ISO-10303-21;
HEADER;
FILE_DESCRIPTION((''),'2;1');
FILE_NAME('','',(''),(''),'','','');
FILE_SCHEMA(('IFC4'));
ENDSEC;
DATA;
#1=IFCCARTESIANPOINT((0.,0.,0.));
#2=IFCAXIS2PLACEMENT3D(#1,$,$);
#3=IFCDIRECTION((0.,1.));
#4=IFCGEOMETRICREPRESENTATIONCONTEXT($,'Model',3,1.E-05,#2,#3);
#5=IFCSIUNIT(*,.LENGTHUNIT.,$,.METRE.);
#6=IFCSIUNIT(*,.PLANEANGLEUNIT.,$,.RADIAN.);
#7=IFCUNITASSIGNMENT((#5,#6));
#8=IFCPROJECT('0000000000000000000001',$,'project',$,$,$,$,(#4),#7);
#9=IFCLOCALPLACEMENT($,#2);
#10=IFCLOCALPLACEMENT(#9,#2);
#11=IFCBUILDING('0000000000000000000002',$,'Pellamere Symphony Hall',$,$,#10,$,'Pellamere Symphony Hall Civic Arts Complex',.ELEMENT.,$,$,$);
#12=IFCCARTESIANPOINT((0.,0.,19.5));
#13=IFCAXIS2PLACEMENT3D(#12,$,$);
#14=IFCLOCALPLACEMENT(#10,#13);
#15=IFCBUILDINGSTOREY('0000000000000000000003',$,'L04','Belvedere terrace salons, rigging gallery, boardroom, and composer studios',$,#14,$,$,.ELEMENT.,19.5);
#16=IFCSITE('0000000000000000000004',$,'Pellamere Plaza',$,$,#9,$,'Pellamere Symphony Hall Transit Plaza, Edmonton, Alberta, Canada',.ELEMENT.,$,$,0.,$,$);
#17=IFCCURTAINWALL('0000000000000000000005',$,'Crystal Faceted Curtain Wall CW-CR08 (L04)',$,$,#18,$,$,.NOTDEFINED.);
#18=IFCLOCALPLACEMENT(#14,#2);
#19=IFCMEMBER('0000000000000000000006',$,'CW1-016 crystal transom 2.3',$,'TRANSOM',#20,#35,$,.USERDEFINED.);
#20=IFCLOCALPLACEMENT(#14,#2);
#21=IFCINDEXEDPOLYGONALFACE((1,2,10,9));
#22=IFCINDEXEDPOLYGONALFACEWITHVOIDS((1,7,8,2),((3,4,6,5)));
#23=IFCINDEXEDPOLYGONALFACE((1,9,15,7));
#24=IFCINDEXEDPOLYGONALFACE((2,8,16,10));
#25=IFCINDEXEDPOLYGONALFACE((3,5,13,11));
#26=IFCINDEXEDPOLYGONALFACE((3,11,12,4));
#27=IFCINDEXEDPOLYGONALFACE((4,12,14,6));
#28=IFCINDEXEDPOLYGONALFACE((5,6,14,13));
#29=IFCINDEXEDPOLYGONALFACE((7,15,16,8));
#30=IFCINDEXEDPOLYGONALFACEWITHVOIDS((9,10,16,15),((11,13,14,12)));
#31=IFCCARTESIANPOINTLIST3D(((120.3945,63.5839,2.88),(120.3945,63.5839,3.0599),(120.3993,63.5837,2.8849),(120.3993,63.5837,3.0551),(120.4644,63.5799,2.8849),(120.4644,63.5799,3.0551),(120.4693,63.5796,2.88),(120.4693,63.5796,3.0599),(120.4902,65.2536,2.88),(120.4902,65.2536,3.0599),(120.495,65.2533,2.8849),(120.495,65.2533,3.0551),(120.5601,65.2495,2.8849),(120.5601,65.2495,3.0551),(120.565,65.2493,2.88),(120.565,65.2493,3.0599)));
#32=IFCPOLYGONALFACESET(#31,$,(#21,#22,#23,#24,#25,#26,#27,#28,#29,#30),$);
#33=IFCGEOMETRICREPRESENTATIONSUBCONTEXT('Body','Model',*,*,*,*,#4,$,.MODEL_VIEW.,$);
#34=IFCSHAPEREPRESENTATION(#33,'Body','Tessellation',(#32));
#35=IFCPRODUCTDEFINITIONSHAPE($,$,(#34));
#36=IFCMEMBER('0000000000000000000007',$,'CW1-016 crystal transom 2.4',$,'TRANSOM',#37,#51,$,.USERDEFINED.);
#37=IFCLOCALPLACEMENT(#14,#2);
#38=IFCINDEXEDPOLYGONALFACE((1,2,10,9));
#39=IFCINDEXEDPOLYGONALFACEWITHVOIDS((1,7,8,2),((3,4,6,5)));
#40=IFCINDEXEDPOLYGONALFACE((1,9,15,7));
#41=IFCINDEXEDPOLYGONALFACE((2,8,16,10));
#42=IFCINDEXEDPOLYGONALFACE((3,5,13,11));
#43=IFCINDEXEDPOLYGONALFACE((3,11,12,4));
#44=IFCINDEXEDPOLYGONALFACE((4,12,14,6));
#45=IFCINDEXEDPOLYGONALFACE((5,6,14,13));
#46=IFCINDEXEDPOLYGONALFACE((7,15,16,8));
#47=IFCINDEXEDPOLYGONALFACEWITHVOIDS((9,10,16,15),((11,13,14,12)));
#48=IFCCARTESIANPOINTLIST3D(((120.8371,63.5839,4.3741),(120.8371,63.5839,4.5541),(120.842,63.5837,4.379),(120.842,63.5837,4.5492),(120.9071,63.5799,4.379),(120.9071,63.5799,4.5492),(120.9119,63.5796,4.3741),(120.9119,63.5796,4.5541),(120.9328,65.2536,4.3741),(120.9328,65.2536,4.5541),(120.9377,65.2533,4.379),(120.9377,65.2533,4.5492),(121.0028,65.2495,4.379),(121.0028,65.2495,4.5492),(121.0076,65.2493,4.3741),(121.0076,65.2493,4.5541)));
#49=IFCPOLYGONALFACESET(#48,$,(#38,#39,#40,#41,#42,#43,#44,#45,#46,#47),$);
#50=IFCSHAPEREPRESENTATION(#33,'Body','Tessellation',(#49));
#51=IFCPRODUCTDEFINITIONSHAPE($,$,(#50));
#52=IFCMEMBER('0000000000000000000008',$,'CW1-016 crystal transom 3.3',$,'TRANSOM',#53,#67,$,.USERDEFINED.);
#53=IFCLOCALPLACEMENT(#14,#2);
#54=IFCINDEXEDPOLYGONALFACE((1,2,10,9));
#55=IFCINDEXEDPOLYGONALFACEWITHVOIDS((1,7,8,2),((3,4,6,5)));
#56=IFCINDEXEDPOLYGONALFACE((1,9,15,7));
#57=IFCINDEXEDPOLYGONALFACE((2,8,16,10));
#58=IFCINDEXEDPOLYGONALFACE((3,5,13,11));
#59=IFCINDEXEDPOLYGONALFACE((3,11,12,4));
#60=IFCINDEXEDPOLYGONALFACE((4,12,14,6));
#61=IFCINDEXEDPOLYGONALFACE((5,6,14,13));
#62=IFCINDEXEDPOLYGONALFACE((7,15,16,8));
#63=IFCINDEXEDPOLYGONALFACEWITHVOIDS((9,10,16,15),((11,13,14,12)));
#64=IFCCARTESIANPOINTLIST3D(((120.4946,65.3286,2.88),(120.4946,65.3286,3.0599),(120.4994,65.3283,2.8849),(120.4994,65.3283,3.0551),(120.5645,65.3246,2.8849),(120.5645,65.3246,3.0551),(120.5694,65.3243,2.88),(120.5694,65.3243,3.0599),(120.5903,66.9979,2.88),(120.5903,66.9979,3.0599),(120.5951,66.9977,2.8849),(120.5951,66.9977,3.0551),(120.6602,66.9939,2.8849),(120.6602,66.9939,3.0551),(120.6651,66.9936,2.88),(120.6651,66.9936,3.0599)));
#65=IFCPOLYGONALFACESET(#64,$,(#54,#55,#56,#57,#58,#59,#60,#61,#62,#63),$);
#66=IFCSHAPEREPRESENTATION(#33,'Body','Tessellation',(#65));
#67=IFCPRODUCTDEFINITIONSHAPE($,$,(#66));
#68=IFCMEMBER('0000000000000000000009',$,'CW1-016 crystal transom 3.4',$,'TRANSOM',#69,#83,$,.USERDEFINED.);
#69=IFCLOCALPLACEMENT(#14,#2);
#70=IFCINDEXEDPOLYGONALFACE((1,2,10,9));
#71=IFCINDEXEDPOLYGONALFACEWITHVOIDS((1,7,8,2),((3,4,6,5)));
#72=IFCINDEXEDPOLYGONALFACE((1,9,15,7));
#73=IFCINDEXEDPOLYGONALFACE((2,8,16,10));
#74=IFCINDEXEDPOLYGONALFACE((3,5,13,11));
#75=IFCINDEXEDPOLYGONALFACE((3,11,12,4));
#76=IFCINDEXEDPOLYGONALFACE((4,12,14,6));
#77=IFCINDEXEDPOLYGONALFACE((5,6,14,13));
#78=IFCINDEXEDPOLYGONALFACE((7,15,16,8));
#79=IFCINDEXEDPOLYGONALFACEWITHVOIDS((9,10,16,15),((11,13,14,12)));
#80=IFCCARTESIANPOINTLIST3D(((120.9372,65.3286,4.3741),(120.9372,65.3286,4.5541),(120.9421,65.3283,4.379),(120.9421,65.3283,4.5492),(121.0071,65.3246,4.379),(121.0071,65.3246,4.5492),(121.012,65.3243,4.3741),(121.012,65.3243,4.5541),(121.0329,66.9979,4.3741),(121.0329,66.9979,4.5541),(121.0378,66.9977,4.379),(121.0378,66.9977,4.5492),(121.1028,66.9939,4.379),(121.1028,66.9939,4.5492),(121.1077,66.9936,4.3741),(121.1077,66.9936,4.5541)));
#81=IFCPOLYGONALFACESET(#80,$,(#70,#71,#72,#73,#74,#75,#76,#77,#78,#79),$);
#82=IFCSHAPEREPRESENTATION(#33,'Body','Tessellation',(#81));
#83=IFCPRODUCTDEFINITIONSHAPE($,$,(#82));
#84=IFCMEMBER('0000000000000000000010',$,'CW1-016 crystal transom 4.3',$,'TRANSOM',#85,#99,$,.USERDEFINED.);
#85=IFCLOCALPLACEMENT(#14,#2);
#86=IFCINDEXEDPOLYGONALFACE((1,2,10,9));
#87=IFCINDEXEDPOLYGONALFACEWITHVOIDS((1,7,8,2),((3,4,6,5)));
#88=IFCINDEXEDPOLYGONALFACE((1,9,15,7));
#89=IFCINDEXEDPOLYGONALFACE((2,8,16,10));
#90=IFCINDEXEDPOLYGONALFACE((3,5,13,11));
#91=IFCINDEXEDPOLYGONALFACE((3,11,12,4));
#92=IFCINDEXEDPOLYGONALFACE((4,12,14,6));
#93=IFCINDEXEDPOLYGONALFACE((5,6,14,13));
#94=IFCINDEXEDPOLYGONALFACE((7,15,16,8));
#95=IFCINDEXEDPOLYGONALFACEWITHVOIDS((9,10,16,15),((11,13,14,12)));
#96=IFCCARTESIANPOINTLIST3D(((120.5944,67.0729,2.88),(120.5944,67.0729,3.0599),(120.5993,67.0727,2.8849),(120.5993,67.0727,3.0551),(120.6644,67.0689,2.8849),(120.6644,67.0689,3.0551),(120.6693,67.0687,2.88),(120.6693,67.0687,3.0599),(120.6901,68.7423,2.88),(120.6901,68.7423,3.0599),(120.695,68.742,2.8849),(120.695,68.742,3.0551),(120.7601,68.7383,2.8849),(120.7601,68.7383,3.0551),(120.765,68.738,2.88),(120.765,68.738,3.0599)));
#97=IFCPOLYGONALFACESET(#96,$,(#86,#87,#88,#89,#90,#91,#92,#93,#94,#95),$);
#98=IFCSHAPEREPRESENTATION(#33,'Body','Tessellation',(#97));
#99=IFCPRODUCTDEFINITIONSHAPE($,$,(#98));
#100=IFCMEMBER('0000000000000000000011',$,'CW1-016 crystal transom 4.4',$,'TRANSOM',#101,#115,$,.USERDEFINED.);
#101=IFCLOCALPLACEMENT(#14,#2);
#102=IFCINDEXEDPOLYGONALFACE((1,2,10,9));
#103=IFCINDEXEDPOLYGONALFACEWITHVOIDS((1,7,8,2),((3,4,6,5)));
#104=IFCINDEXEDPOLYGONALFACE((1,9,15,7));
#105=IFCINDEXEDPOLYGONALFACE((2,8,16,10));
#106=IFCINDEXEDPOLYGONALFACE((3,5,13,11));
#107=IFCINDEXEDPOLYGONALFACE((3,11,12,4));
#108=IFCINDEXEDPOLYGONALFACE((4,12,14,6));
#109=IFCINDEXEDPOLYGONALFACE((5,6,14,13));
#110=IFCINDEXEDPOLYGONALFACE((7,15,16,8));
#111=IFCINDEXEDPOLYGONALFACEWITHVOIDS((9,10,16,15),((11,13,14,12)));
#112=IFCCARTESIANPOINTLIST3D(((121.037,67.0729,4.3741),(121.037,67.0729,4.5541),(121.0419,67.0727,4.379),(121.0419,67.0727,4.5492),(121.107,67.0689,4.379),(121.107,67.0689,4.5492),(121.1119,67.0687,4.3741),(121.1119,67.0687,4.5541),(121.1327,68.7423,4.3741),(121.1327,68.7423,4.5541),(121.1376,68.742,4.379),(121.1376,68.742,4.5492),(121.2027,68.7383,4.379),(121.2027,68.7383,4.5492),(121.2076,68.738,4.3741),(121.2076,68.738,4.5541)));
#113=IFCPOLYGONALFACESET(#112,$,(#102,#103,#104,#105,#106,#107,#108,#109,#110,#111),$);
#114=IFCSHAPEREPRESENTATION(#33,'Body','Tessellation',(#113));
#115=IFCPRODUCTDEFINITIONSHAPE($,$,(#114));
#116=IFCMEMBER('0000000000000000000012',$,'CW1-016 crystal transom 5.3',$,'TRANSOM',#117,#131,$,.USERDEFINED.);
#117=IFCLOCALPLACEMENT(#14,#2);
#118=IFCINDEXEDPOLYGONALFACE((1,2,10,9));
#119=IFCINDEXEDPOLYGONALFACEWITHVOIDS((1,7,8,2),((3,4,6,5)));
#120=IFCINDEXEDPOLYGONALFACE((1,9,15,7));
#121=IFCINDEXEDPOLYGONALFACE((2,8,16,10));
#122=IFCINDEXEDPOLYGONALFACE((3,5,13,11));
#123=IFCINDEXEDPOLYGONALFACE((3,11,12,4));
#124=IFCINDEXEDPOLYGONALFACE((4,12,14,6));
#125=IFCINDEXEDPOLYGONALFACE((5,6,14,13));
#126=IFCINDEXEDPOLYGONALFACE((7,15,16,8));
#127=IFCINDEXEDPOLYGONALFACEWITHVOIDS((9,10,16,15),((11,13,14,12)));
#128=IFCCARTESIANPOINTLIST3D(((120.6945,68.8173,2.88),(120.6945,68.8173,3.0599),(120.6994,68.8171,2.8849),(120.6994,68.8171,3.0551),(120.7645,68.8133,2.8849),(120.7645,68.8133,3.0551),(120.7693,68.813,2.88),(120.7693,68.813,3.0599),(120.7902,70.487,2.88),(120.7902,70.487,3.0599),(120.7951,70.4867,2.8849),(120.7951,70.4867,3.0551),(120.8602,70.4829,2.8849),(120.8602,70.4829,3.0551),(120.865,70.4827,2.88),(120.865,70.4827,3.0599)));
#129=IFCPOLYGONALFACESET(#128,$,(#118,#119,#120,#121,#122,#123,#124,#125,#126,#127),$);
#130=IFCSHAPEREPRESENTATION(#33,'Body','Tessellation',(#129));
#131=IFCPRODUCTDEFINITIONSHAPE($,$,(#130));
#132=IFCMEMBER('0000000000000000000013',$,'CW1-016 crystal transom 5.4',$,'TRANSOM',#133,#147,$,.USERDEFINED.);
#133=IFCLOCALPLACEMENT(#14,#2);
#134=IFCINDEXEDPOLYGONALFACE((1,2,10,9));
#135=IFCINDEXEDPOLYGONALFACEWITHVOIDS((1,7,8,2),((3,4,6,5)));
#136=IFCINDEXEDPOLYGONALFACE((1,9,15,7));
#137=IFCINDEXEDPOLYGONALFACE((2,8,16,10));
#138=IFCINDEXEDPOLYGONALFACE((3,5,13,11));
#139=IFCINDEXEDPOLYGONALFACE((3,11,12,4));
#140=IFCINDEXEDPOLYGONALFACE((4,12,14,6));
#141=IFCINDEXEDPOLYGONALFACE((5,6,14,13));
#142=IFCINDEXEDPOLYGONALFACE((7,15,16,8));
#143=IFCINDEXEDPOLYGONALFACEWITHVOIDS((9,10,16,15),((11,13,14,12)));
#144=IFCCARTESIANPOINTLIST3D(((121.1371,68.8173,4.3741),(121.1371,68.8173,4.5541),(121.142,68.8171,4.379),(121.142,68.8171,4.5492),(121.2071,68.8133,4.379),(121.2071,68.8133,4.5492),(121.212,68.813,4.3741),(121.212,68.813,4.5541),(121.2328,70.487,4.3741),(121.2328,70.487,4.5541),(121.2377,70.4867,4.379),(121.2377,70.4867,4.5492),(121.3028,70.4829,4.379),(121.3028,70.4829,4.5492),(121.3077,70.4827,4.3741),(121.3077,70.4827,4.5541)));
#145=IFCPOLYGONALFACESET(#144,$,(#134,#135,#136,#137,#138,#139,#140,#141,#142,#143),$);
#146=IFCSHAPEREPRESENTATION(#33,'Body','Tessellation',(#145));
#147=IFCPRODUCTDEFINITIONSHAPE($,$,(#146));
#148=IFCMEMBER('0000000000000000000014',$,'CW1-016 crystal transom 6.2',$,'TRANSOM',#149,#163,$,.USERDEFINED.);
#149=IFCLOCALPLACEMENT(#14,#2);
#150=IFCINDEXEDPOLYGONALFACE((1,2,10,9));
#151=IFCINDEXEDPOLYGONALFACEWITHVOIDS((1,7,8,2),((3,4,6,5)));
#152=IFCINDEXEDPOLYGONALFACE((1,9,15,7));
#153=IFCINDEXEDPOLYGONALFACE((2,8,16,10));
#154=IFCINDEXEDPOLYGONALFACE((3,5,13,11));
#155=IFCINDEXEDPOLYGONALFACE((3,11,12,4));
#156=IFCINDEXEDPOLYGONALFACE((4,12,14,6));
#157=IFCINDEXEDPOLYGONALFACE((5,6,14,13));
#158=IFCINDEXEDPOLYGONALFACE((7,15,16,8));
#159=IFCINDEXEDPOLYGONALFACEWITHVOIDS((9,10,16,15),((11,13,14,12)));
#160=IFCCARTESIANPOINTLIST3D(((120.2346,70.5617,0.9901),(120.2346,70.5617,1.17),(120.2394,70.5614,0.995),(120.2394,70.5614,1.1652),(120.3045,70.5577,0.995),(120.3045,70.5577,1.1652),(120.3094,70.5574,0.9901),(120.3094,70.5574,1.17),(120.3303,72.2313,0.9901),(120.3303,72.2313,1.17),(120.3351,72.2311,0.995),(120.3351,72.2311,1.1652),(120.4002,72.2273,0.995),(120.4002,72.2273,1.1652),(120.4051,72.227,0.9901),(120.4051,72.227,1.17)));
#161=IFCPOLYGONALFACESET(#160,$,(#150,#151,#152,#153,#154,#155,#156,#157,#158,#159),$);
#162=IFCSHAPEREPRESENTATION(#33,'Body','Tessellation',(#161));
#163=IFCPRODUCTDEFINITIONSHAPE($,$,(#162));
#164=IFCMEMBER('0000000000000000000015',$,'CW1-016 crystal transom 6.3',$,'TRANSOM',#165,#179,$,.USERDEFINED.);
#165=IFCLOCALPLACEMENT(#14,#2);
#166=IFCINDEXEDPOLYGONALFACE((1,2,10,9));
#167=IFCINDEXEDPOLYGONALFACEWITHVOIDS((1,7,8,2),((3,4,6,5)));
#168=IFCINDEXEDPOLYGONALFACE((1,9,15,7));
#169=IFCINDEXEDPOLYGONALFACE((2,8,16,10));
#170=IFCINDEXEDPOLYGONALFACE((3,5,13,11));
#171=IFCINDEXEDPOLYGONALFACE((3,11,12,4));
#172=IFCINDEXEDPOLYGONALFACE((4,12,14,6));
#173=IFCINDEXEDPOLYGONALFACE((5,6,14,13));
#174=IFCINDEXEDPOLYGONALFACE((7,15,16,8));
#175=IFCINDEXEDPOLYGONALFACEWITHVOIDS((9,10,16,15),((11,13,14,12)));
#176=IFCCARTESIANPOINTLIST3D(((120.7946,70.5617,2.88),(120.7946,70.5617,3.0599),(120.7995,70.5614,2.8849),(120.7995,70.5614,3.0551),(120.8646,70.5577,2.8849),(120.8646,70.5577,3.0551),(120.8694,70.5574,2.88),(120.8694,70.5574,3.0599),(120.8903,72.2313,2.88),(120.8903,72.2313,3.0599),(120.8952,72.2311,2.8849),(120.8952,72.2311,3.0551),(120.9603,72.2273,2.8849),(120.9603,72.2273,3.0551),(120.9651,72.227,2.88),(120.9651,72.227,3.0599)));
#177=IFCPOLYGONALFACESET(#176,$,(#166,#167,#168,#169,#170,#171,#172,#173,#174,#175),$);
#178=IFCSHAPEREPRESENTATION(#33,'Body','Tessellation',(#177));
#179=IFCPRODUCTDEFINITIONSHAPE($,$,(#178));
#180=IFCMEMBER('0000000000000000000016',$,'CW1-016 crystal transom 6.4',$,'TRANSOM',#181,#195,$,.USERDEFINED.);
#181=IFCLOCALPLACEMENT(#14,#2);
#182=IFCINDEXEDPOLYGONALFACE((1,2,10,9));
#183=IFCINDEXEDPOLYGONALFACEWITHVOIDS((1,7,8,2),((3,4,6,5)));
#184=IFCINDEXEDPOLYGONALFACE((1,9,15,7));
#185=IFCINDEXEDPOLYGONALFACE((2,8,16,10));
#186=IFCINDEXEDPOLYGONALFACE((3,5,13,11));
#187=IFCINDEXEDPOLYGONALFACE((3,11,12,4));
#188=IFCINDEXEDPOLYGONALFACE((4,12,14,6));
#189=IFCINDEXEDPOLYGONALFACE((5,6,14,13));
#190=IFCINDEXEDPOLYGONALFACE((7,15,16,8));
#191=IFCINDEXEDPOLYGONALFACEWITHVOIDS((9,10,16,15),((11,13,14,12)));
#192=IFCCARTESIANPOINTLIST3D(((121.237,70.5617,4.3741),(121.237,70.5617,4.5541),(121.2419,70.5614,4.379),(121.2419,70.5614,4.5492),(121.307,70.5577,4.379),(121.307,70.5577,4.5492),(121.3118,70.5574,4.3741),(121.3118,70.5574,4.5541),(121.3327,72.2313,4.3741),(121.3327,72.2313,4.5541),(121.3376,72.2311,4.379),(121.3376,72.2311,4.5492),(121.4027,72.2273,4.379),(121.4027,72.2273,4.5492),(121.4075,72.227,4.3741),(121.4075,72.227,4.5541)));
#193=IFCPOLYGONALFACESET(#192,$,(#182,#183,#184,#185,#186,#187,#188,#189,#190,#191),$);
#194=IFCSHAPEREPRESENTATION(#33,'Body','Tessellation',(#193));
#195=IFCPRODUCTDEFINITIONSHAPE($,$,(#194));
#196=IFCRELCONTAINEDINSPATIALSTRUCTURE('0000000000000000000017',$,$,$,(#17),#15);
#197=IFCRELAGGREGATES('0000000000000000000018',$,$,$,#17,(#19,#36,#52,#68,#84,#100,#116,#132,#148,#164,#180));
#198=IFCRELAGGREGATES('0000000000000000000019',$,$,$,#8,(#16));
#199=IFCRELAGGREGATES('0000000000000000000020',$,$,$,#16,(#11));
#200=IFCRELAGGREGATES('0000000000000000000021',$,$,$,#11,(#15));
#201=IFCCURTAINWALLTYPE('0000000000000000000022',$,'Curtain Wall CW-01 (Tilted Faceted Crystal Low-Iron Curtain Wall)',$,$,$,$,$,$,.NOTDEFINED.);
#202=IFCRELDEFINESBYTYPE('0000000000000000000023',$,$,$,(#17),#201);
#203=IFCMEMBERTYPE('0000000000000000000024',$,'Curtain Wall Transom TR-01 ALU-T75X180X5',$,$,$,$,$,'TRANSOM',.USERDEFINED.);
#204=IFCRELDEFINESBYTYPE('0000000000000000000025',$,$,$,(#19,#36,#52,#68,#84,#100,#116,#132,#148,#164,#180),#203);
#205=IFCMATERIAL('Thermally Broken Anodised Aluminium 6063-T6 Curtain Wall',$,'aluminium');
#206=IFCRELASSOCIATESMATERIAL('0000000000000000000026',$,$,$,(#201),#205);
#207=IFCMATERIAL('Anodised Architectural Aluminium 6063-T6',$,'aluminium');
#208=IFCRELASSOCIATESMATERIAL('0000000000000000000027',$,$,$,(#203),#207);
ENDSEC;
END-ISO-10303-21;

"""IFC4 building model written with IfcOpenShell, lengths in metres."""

from ifc_helpers import new_model, si_unit, direction, frame, origin, origin_2d, place, context, subcontext, project, spatial, hollow_rectangle, extrude, material, material_profile, profile_set, type_object, element, aggregate, save


model = new_model("IFC4")

# Units and contexts
model_context = context("Model", 3, precision=1e-05, world=origin(), true_north=direction((0.0, 1.0)))
body_context = subcontext(model_context, "Body", "Model", "MODEL_VIEW")
ifc_project = project(units=[si_unit("LENGTHUNIT", "METRE"), si_unit("PLANEANGLEUNIT", "RADIAN")], contexts=[model_context])

# Site, building, storey
site_placement = place(None, origin())
site = spatial("IfcSite", under=ifc_project, at=site_placement, Name="Pellamere Plaza", LongName="Pellamere Symphony Hall Transit Plaza, Edmonton, Alberta, Canada", CompositionType="ELEMENT", RefElevation=0.0)
building_placement = place(site_placement, origin())
building = spatial("IfcBuilding", under=site, at=building_placement, Name="Pellamere Symphony Hall", LongName="Pellamere Symphony Hall Civic Arts Complex", CompositionType="ELEMENT")
storey_placement = place(building_placement, frame((0.0, 0.0, 19.5)))
storey = spatial("IfcBuildingStorey", under=building, at=storey_placement, Name="L04", Description="Belvedere terrace salons, rigging gallery, boardroom, and composer studios", CompositionType="ELEMENT", Elevation=19.5)

# Curtain wall, members
ifc_material_1 = material(Name="Thermally Broken Anodised Aluminium 6063-T6 Curtain Wall", Category="aluminium")
curtain_wall_type = type_object("IfcCurtainWallType", Name="Curtain Wall CW-01 (Tilted Faceted Crystal Low-Iron Curtain Wall)", PredefinedType="NOTDEFINED", material=ifc_material_1)
curtain_wall_placement = place(storey_placement, origin())
curtain_wall = element("IfcCurtainWall", 1, at=curtain_wall_placement, inside=storey, type_object=curtain_wall_type, Name="Crystal Faceted Curtain Wall CW-CR08 (L04)", PredefinedType="NOTDEFINED")
ifc_material_2 = material(Name="Anodised Architectural Aluminium 6063-T6", Category="aluminium")
ifc_material_profile = material_profile(ifc_material_2, hollow_rectangle(XDim=0.075, YDim=0.1799, WallThickness=0.0049, at=origin_2d()), Name="ALU-T75X180X5")
ifc_profile_set = profile_set([ifc_material_profile], Name="Anodised Architectural Aluminium 6063-T6")
member_type = type_object("IfcMemberType", Name="Curtain Wall Transom TR-01 ALU-T75X180X5", ElementType="TRANSOM", PredefinedType="USERDEFINED", material=ifc_profile_set)
member_1_placement = place(storey_placement, frame((120.4319, 63.5818, 2.97), z_axis=(0.057224, 0.998361, 0.0), x_axis=(-0.998361, 0.057224, 0.0)))
member_1 = element("IfcMember", 2, at=member_1_placement, type_object=member_type, Name="CW1-016 crystal transom 2.3", ObjectType="TRANSOM", PredefinedType="USERDEFINED", context=body_context, shape_type="SweptSolid", body=[
    extrude(hollow_rectangle(XDim=0.075, YDim=0.1799, WallThickness=0.0049, at=origin_2d()), origin(), (0.0, 0.0, 1.0), 1.6724),
])
member_2_placement = place(storey_placement, frame((120.8745, 63.5818, 4.4641), z_axis=(0.057224, 0.998361, 0.0), x_axis=(-0.998361, 0.057224, 0.0)))
member_2 = element("IfcMember", 3, at=member_2_placement, type_object=member_type, Name="CW1-016 crystal transom 2.4", ObjectType="TRANSOM", PredefinedType="USERDEFINED", context=body_context, shape_type="SweptSolid", body=[
    extrude(hollow_rectangle(XDim=0.075, YDim=0.1799, WallThickness=0.0049, at=origin_2d()), origin(), (0.0, 0.0, 1.0), 1.6724),
])
member_3_placement = place(storey_placement, frame((120.532, 65.3264, 2.97), z_axis=(0.057233, 0.998361, 0.0), x_axis=(-0.998361, 0.057233, 0.0)))
member_3 = element("IfcMember", 4, at=member_3_placement, type_object=member_type, Name="CW1-016 crystal transom 3.3", ObjectType="TRANSOM", PredefinedType="USERDEFINED", context=body_context, shape_type="SweptSolid", body=[
    extrude(hollow_rectangle(XDim=0.075, YDim=0.1799, WallThickness=0.0049, at=origin_2d()), origin(), (0.0, 0.0, 1.0), 1.6721),
])
member_4_placement = place(storey_placement, frame((120.9746, 65.3264, 4.4641), z_axis=(0.057233, 0.998361, 0.0), x_axis=(-0.998361, 0.057233, 0.0)))
member_4 = element("IfcMember", 5, at=member_4_placement, type_object=member_type, Name="CW1-016 crystal transom 3.4", ObjectType="TRANSOM", PredefinedType="USERDEFINED", context=body_context, shape_type="SweptSolid", body=[
    extrude(hollow_rectangle(XDim=0.075, YDim=0.1799, WallThickness=0.0049, at=origin_2d()), origin(), (0.0, 0.0, 1.0), 1.6721),
])
member_5_placement = place(storey_placement, frame((120.6318, 67.0708, 2.97), z_axis=(0.057233, 0.998361, 0.0), x_axis=(-0.998361, 0.057233, 0.0)))
member_5 = element("IfcMember", 6, at=member_5_placement, type_object=member_type, Name="CW1-016 crystal transom 4.3", ObjectType="TRANSOM", PredefinedType="USERDEFINED", context=body_context, shape_type="SweptSolid", body=[
    extrude(hollow_rectangle(XDim=0.075, YDim=0.1799, WallThickness=0.0049, at=origin_2d()), origin(), (0.0, 0.0, 1.0), 1.6721),
])
member_6_placement = place(storey_placement, frame((121.0745, 67.0708, 4.4641), z_axis=(0.057233, 0.998361, 0.0), x_axis=(-0.998361, 0.057233, 0.0)))
member_6 = element("IfcMember", 7, at=member_6_placement, type_object=member_type, Name="CW1-016 crystal transom 4.4", ObjectType="TRANSOM", PredefinedType="USERDEFINED", context=body_context, shape_type="SweptSolid", body=[
    extrude(hollow_rectangle(XDim=0.075, YDim=0.1799, WallThickness=0.0049, at=origin_2d()), origin(), (0.0, 0.0, 1.0), 1.6721),
])
member_7_placement = place(storey_placement, frame((120.7319, 68.8152, 2.97), z_axis=(0.057224, 0.998361, 0.0), x_axis=(-0.998361, 0.057224, 0.0)))
member_7 = element("IfcMember", 8, at=member_7_placement, type_object=member_type, Name="CW1-016 crystal transom 5.3", ObjectType="TRANSOM", PredefinedType="USERDEFINED", context=body_context, shape_type="SweptSolid", body=[
    extrude(hollow_rectangle(XDim=0.075, YDim=0.1799, WallThickness=0.0049, at=origin_2d()), origin(), (0.0, 0.0, 1.0), 1.6724),
])
member_8_placement = place(storey_placement, frame((121.1746, 68.8152, 4.4641), z_axis=(0.057224, 0.998361, 0.0), x_axis=(-0.998361, 0.057224, 0.0)))
member_8 = element("IfcMember", 9, at=member_8_placement, type_object=member_type, Name="CW1-016 crystal transom 5.4", ObjectType="TRANSOM", PredefinedType="USERDEFINED", context=body_context, shape_type="SweptSolid", body=[
    extrude(hollow_rectangle(XDim=0.075, YDim=0.1799, WallThickness=0.0049, at=origin_2d()), origin(), (0.0, 0.0, 1.0), 1.6724),
])
member_9_placement = place(storey_placement, frame((120.272, 70.5596, 1.0801), z_axis=(0.057224, 0.998361, 0.0), x_axis=(-0.998361, 0.057224, 0.0)))
member_9 = element("IfcMember", 10, at=member_9_placement, type_object=member_type, Name="CW1-016 crystal transom 6.2", ObjectType="TRANSOM", PredefinedType="USERDEFINED", context=body_context, shape_type="SweptSolid", body=[
    extrude(hollow_rectangle(XDim=0.075, YDim=0.1799, WallThickness=0.0049, at=origin_2d()), origin(), (0.0, 0.0, 1.0), 1.6724),
])
member_10_placement = place(storey_placement, frame((120.832, 70.5596, 2.97), z_axis=(0.057224, 0.998361, 0.0), x_axis=(-0.998361, 0.057224, 0.0)))
member_10 = element("IfcMember", 11, at=member_10_placement, type_object=member_type, Name="CW1-016 crystal transom 6.3", ObjectType="TRANSOM", PredefinedType="USERDEFINED", context=body_context, shape_type="SweptSolid", body=[
    extrude(hollow_rectangle(XDim=0.075, YDim=0.1799, WallThickness=0.0049, at=origin_2d()), origin(), (0.0, 0.0, 1.0), 1.6724),
])
member_11_placement = place(storey_placement, frame((121.2744, 70.5596, 4.4641), z_axis=(0.057224, 0.998361, 0.0), x_axis=(-0.998361, 0.057224, 0.0)))
member_11 = element("IfcMember", 12, at=member_11_placement, type_object=member_type, Name="CW1-016 crystal transom 6.4", ObjectType="TRANSOM", PredefinedType="USERDEFINED", context=body_context, shape_type="SweptSolid", body=[
    extrude(hollow_rectangle(XDim=0.075, YDim=0.1799, WallThickness=0.0049, at=origin_2d()), origin(), (0.0, 0.0, 1.0), 1.6724),
])
aggregate(curtain_wall, [member_1, member_2, member_3, member_4, member_5, member_6, member_7, member_8, member_9, member_10, member_11])

save(model, "model.ifc")
